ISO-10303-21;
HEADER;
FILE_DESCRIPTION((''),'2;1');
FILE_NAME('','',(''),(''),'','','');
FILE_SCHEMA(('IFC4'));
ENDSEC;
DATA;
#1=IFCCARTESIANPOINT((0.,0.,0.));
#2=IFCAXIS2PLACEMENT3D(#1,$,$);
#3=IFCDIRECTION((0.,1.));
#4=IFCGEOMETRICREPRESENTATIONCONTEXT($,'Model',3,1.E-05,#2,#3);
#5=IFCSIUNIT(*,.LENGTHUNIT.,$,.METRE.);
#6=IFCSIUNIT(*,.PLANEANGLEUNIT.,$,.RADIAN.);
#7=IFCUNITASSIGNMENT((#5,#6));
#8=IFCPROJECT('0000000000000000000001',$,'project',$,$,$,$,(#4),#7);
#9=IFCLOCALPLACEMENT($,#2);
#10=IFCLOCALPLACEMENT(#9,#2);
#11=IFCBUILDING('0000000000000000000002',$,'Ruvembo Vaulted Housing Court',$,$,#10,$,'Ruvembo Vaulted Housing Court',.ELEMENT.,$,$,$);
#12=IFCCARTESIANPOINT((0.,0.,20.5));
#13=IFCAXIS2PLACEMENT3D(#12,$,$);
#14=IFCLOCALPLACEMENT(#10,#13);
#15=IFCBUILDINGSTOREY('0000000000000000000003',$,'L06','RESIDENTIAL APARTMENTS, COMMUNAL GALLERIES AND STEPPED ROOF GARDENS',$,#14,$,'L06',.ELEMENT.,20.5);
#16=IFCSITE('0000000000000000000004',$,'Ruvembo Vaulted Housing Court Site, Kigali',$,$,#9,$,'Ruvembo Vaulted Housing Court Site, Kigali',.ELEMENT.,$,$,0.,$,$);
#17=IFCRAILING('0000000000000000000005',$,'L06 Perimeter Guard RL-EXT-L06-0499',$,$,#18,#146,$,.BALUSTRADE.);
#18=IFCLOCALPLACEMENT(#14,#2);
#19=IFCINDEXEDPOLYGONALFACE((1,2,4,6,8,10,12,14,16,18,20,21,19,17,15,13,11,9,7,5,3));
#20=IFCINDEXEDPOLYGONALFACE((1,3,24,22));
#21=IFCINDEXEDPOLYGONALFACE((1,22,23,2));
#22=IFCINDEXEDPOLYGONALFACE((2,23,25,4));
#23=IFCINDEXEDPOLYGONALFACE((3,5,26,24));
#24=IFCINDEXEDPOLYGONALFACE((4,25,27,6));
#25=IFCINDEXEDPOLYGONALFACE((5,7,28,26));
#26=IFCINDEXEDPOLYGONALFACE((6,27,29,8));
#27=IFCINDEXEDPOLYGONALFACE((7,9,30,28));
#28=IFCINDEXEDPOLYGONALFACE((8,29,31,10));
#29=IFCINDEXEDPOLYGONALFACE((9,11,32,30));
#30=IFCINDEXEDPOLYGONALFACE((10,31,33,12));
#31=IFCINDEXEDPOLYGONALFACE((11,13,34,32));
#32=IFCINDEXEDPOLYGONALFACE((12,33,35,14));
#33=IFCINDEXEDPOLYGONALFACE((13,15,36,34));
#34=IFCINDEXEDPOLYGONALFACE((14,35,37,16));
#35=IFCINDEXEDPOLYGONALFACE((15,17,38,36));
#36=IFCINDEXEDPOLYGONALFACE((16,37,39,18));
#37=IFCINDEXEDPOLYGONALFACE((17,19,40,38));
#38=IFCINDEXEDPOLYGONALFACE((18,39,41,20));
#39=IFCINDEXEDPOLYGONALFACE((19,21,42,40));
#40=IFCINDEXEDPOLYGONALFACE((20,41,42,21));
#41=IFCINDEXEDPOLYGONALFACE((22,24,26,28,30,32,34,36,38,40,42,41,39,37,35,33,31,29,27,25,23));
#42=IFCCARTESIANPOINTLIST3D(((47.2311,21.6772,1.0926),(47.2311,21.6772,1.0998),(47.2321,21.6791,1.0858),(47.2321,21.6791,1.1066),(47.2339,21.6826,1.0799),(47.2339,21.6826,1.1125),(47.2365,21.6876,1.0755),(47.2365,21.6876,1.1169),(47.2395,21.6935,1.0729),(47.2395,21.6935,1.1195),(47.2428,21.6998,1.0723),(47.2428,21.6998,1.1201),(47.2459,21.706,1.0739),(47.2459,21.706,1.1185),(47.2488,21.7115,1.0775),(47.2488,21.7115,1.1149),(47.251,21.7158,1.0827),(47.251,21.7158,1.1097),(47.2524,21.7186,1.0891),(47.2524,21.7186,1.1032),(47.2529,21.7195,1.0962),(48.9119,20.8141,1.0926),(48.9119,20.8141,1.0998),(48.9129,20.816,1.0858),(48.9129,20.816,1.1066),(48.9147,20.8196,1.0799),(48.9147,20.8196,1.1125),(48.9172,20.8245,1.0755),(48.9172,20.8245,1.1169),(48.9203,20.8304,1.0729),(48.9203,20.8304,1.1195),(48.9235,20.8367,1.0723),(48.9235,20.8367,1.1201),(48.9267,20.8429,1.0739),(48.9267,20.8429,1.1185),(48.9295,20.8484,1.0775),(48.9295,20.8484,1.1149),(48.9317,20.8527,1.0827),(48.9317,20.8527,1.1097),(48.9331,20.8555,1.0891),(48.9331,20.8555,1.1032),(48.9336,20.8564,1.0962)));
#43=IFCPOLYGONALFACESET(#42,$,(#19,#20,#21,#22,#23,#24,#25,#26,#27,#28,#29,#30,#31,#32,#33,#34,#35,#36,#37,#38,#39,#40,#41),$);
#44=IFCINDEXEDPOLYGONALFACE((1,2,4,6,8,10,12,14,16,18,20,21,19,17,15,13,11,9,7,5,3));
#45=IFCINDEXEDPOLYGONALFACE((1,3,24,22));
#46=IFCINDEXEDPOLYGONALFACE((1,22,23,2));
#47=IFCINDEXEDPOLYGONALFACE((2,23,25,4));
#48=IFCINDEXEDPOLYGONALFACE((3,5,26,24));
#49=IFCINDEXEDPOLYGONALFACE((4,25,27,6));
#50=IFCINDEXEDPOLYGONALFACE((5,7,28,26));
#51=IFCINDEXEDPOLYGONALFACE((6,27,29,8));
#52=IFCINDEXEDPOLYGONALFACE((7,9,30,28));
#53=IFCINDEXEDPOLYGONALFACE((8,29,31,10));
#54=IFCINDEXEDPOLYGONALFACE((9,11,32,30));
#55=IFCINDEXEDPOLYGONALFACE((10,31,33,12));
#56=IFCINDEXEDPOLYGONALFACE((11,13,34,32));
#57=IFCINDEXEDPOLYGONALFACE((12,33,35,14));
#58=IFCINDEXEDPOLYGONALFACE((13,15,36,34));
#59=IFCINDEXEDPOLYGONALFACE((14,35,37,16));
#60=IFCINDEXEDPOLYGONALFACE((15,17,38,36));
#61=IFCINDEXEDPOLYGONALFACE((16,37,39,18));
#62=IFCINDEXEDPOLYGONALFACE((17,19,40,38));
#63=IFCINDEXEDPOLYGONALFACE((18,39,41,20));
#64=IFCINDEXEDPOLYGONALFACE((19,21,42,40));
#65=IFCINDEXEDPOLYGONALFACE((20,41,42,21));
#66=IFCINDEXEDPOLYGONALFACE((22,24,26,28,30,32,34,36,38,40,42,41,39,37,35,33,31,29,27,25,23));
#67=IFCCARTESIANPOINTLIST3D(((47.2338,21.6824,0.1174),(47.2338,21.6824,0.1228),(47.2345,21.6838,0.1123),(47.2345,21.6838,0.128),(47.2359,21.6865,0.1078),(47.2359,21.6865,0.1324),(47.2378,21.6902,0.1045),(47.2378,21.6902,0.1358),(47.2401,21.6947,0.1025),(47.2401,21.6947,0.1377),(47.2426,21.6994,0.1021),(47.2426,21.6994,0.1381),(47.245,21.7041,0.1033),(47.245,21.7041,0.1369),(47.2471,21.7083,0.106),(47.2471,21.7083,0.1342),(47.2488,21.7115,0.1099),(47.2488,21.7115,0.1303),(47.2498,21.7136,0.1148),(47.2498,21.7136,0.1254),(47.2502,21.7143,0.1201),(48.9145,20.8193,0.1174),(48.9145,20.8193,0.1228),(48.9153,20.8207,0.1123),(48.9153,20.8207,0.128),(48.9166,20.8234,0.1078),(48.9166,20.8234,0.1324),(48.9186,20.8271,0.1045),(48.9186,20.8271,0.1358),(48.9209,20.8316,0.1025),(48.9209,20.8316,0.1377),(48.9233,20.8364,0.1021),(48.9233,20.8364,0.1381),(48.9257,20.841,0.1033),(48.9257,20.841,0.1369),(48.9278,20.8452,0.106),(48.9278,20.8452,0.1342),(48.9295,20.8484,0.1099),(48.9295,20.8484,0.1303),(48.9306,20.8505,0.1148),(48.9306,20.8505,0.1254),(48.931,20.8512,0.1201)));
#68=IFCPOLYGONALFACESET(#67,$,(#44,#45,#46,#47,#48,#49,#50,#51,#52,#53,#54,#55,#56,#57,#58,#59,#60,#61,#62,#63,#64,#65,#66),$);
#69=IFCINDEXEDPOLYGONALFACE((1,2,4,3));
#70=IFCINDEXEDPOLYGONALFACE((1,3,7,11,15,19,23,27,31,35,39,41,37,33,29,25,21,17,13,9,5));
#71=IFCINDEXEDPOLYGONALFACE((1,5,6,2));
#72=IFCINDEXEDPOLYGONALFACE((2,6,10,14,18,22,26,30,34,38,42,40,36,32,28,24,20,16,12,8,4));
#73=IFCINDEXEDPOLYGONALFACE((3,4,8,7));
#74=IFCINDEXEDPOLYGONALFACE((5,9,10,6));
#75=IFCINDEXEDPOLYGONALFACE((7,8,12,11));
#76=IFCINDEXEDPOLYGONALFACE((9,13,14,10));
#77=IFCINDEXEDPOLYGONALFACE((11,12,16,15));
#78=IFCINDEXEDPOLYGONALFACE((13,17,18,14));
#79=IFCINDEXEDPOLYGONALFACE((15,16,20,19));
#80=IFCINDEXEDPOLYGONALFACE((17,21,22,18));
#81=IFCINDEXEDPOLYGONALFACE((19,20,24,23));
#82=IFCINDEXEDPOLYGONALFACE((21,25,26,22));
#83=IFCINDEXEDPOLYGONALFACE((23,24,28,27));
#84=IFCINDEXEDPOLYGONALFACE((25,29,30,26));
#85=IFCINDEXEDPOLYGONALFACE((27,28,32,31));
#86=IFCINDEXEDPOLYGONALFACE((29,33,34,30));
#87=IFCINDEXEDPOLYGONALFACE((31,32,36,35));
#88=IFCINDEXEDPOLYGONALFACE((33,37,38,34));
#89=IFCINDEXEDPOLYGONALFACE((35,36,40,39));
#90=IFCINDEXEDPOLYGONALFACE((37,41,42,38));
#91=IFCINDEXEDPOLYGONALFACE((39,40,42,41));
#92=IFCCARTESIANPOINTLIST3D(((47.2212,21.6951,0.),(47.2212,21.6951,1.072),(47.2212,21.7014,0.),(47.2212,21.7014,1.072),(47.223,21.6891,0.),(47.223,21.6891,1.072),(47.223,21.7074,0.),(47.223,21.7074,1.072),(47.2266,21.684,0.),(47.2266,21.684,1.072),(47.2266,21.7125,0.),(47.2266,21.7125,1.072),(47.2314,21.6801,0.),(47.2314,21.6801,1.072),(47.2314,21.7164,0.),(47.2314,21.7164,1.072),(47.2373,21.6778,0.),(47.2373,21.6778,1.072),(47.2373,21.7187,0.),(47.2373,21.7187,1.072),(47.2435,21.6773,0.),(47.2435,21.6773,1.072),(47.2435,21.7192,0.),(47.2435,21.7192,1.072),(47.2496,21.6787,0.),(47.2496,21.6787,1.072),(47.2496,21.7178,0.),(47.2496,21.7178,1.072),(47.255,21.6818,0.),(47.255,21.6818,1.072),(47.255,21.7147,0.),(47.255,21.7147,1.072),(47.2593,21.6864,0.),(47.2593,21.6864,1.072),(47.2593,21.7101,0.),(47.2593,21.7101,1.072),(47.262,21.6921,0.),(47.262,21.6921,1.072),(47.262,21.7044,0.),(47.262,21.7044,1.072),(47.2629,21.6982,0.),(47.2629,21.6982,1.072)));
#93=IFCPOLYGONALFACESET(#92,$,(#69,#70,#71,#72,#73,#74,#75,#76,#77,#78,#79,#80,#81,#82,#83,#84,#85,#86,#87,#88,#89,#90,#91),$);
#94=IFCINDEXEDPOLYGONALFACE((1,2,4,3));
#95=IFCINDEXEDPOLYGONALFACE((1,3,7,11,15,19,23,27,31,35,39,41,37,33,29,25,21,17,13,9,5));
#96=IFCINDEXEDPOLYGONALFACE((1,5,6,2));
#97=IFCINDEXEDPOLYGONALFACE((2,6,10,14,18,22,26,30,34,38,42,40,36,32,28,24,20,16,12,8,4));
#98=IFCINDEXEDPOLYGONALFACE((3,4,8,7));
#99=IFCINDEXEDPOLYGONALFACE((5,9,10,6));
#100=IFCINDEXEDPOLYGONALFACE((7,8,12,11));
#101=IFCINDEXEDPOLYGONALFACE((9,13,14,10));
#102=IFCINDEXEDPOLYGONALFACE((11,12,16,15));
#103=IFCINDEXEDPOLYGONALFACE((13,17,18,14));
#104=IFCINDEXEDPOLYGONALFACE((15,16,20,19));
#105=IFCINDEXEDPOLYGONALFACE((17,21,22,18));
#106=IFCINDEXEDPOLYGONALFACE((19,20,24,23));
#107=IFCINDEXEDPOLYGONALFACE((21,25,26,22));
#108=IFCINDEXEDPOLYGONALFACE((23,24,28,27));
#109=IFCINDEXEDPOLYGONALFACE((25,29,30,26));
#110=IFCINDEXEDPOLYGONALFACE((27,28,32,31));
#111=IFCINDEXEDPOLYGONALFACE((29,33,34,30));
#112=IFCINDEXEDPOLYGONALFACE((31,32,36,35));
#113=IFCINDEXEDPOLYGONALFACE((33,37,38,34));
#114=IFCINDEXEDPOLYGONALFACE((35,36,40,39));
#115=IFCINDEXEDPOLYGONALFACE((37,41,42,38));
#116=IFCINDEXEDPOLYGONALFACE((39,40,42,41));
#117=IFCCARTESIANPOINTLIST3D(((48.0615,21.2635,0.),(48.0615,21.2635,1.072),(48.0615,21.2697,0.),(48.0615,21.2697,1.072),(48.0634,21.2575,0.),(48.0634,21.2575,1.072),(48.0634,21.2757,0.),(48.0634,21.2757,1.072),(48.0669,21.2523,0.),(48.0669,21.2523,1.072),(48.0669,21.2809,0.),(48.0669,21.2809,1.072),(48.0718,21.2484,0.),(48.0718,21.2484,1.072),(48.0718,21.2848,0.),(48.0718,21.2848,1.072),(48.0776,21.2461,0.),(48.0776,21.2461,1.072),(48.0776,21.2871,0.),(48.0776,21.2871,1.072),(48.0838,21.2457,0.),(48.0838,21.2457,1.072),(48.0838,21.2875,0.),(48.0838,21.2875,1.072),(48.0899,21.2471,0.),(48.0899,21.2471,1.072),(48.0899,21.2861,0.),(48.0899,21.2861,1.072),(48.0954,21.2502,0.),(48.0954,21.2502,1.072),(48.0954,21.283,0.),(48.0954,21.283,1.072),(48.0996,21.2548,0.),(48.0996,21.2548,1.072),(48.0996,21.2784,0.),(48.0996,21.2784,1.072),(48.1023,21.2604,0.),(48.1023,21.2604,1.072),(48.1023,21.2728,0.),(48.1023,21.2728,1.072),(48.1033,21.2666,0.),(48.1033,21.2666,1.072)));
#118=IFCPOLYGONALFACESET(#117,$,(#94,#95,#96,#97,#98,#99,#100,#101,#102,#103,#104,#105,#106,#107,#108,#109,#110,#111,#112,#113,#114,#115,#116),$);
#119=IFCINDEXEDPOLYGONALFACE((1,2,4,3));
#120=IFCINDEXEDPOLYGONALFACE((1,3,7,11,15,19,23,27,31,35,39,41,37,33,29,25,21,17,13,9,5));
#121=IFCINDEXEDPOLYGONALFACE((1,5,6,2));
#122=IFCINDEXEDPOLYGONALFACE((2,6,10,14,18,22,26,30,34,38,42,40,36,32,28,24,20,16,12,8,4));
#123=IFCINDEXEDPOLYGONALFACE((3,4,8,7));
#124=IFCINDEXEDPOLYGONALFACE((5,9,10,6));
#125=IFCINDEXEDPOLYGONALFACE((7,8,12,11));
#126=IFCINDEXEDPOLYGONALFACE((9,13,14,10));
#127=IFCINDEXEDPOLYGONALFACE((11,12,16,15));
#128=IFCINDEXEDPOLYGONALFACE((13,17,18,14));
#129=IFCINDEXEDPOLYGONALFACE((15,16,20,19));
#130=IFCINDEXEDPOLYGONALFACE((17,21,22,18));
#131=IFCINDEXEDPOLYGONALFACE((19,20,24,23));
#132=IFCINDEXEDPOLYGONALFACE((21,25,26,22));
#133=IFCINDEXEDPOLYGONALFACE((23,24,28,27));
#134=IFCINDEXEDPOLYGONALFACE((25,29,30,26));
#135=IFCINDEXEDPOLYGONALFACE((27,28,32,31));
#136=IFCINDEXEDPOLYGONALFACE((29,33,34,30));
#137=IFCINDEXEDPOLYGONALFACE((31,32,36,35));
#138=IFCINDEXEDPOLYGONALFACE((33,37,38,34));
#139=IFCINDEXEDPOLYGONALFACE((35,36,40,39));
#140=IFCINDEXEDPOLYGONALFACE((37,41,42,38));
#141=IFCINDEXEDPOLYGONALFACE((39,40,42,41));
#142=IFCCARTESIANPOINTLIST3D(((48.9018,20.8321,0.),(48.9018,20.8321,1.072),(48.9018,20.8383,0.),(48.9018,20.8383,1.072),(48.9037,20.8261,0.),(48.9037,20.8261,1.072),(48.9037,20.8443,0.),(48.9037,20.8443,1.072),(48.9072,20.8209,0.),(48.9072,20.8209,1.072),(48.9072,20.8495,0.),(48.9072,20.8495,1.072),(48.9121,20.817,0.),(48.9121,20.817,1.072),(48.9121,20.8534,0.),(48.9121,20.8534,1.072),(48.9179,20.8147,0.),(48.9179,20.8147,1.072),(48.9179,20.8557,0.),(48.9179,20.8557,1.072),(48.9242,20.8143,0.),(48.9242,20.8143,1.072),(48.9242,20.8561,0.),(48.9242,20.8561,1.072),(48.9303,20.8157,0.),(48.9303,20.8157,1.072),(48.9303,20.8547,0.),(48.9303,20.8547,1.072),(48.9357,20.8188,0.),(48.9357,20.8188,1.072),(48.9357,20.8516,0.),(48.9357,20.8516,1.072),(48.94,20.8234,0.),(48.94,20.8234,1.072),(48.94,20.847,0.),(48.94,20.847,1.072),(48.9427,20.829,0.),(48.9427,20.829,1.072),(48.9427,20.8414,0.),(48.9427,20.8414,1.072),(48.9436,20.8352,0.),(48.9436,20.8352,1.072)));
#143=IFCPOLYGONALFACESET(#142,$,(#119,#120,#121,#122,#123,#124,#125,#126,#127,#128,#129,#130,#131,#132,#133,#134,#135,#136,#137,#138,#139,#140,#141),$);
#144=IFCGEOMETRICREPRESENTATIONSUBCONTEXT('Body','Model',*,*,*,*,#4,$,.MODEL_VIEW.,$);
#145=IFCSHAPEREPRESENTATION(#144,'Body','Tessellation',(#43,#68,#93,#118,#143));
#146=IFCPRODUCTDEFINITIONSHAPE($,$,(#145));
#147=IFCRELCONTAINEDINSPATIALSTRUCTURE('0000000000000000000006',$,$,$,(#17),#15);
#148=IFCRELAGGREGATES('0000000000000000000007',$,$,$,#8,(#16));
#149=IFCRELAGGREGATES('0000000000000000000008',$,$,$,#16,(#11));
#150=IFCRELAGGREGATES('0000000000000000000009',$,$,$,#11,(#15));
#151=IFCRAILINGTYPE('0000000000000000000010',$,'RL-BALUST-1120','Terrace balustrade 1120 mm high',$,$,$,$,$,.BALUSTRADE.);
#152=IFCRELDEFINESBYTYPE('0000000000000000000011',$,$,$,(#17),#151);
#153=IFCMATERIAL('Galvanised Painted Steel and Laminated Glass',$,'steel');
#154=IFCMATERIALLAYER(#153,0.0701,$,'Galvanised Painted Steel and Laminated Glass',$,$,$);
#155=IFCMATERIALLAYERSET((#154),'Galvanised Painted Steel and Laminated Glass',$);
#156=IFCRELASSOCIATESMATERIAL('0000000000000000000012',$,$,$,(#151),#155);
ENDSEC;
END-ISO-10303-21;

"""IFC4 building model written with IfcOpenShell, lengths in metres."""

from ifc_helpers import new_model, si_unit, direction, frame, origin, origin_2d, place, context, subcontext, project, spatial, circle, extrude, material, layer, layer_set, type_object, element, save


model = new_model("IFC4")

# Units and contexts
model_context = context("Model", 3, precision=1e-05, world=origin(), true_north=direction((0.0, 1.0)))
body_context = subcontext(model_context, "Body", "Model", "MODEL_VIEW")
ifc_project = project(units=[si_unit("LENGTHUNIT", "METRE"), si_unit("PLANEANGLEUNIT", "RADIAN")], contexts=[model_context])

# Site, building, storey
site_placement = place(None, origin())
site = spatial("IfcSite", under=ifc_project, at=site_placement, Name="Ruvembo Vaulted Housing Court Site, Kigali", LongName="Ruvembo Vaulted Housing Court Site, Kigali", CompositionType="ELEMENT", RefElevation=0.0)
building_placement = place(site_placement, origin())
building = spatial("IfcBuilding", under=site, at=building_placement, Name="Ruvembo Vaulted Housing Court", LongName="Ruvembo Vaulted Housing Court", CompositionType="ELEMENT")
storey_placement = place(building_placement, frame((0.0, 0.0, 20.5)))
storey = spatial("IfcBuildingStorey", under=building, at=storey_placement, Name="L06", Description="RESIDENTIAL APARTMENTS, COMMUNAL GALLERIES AND STEPPED ROOF GARDENS", LongName="L06", CompositionType="ELEMENT", Elevation=20.5)

# Railing
ifc_material_1 = material(Name="Galvanised Painted Steel and Laminated Glass", Category="steel")
ifc_layer = layer(ifc_material_1, 0.0701, Name="Galvanised Painted Steel and Laminated Glass")
ifc_layer_set = layer_set([ifc_layer], Name="Galvanised Painted Steel and Laminated Glass")
railing_type = type_object("IfcRailingType", Name="RL-BALUST-1120", Description="Terrace balustrade 1120 mm high", PredefinedType="BALUSTRADE", material=ifc_layer_set)
railing_1_placement = place(storey_placement, frame((47.2419, 21.6982, 0.0)))
element("IfcRailing", 1, at=railing_1_placement, inside=storey, type_object=railing_type, Name="L06 Perimeter Guard RL-EXT-L06-0499", PredefinedType="BALUSTRADE", context=body_context, shape_type="SweptSolid", body=[
    extrude(circle(Radius=0.0239, at=origin_2d()), frame((0.0, 0.0, 1.0962), z_axis=(0.889568, -0.456802, 0.0), x_axis=(0.456802, 0.889568, 0.0)), (0.0, 0.0, 1.0), 1.8894),
    extrude(circle(Radius=0.0181, at=origin_2d()), frame((0.0, 0.0, 0.1201), z_axis=(0.889568, -0.456802, 0.0), x_axis=(0.456802, 0.889568, 0.0)), (0.0, 0.0, 1.0), 1.8894),
    extrude(circle(Radius=0.021, at=origin_2d()), origin(), (0.0, 0.0, 1.0), 1.072),
    extrude(circle(Radius=0.021, at=origin_2d()), frame((0.8403, -0.4316, 0.0)), (0.0, 0.0, 1.0), 1.072),
    extrude(circle(Radius=0.021, at=origin_2d()), frame((1.6807, -0.863, 0.0)), (0.0, 0.0, 1.0), 1.072),
])

save(model, "model.ifc")
